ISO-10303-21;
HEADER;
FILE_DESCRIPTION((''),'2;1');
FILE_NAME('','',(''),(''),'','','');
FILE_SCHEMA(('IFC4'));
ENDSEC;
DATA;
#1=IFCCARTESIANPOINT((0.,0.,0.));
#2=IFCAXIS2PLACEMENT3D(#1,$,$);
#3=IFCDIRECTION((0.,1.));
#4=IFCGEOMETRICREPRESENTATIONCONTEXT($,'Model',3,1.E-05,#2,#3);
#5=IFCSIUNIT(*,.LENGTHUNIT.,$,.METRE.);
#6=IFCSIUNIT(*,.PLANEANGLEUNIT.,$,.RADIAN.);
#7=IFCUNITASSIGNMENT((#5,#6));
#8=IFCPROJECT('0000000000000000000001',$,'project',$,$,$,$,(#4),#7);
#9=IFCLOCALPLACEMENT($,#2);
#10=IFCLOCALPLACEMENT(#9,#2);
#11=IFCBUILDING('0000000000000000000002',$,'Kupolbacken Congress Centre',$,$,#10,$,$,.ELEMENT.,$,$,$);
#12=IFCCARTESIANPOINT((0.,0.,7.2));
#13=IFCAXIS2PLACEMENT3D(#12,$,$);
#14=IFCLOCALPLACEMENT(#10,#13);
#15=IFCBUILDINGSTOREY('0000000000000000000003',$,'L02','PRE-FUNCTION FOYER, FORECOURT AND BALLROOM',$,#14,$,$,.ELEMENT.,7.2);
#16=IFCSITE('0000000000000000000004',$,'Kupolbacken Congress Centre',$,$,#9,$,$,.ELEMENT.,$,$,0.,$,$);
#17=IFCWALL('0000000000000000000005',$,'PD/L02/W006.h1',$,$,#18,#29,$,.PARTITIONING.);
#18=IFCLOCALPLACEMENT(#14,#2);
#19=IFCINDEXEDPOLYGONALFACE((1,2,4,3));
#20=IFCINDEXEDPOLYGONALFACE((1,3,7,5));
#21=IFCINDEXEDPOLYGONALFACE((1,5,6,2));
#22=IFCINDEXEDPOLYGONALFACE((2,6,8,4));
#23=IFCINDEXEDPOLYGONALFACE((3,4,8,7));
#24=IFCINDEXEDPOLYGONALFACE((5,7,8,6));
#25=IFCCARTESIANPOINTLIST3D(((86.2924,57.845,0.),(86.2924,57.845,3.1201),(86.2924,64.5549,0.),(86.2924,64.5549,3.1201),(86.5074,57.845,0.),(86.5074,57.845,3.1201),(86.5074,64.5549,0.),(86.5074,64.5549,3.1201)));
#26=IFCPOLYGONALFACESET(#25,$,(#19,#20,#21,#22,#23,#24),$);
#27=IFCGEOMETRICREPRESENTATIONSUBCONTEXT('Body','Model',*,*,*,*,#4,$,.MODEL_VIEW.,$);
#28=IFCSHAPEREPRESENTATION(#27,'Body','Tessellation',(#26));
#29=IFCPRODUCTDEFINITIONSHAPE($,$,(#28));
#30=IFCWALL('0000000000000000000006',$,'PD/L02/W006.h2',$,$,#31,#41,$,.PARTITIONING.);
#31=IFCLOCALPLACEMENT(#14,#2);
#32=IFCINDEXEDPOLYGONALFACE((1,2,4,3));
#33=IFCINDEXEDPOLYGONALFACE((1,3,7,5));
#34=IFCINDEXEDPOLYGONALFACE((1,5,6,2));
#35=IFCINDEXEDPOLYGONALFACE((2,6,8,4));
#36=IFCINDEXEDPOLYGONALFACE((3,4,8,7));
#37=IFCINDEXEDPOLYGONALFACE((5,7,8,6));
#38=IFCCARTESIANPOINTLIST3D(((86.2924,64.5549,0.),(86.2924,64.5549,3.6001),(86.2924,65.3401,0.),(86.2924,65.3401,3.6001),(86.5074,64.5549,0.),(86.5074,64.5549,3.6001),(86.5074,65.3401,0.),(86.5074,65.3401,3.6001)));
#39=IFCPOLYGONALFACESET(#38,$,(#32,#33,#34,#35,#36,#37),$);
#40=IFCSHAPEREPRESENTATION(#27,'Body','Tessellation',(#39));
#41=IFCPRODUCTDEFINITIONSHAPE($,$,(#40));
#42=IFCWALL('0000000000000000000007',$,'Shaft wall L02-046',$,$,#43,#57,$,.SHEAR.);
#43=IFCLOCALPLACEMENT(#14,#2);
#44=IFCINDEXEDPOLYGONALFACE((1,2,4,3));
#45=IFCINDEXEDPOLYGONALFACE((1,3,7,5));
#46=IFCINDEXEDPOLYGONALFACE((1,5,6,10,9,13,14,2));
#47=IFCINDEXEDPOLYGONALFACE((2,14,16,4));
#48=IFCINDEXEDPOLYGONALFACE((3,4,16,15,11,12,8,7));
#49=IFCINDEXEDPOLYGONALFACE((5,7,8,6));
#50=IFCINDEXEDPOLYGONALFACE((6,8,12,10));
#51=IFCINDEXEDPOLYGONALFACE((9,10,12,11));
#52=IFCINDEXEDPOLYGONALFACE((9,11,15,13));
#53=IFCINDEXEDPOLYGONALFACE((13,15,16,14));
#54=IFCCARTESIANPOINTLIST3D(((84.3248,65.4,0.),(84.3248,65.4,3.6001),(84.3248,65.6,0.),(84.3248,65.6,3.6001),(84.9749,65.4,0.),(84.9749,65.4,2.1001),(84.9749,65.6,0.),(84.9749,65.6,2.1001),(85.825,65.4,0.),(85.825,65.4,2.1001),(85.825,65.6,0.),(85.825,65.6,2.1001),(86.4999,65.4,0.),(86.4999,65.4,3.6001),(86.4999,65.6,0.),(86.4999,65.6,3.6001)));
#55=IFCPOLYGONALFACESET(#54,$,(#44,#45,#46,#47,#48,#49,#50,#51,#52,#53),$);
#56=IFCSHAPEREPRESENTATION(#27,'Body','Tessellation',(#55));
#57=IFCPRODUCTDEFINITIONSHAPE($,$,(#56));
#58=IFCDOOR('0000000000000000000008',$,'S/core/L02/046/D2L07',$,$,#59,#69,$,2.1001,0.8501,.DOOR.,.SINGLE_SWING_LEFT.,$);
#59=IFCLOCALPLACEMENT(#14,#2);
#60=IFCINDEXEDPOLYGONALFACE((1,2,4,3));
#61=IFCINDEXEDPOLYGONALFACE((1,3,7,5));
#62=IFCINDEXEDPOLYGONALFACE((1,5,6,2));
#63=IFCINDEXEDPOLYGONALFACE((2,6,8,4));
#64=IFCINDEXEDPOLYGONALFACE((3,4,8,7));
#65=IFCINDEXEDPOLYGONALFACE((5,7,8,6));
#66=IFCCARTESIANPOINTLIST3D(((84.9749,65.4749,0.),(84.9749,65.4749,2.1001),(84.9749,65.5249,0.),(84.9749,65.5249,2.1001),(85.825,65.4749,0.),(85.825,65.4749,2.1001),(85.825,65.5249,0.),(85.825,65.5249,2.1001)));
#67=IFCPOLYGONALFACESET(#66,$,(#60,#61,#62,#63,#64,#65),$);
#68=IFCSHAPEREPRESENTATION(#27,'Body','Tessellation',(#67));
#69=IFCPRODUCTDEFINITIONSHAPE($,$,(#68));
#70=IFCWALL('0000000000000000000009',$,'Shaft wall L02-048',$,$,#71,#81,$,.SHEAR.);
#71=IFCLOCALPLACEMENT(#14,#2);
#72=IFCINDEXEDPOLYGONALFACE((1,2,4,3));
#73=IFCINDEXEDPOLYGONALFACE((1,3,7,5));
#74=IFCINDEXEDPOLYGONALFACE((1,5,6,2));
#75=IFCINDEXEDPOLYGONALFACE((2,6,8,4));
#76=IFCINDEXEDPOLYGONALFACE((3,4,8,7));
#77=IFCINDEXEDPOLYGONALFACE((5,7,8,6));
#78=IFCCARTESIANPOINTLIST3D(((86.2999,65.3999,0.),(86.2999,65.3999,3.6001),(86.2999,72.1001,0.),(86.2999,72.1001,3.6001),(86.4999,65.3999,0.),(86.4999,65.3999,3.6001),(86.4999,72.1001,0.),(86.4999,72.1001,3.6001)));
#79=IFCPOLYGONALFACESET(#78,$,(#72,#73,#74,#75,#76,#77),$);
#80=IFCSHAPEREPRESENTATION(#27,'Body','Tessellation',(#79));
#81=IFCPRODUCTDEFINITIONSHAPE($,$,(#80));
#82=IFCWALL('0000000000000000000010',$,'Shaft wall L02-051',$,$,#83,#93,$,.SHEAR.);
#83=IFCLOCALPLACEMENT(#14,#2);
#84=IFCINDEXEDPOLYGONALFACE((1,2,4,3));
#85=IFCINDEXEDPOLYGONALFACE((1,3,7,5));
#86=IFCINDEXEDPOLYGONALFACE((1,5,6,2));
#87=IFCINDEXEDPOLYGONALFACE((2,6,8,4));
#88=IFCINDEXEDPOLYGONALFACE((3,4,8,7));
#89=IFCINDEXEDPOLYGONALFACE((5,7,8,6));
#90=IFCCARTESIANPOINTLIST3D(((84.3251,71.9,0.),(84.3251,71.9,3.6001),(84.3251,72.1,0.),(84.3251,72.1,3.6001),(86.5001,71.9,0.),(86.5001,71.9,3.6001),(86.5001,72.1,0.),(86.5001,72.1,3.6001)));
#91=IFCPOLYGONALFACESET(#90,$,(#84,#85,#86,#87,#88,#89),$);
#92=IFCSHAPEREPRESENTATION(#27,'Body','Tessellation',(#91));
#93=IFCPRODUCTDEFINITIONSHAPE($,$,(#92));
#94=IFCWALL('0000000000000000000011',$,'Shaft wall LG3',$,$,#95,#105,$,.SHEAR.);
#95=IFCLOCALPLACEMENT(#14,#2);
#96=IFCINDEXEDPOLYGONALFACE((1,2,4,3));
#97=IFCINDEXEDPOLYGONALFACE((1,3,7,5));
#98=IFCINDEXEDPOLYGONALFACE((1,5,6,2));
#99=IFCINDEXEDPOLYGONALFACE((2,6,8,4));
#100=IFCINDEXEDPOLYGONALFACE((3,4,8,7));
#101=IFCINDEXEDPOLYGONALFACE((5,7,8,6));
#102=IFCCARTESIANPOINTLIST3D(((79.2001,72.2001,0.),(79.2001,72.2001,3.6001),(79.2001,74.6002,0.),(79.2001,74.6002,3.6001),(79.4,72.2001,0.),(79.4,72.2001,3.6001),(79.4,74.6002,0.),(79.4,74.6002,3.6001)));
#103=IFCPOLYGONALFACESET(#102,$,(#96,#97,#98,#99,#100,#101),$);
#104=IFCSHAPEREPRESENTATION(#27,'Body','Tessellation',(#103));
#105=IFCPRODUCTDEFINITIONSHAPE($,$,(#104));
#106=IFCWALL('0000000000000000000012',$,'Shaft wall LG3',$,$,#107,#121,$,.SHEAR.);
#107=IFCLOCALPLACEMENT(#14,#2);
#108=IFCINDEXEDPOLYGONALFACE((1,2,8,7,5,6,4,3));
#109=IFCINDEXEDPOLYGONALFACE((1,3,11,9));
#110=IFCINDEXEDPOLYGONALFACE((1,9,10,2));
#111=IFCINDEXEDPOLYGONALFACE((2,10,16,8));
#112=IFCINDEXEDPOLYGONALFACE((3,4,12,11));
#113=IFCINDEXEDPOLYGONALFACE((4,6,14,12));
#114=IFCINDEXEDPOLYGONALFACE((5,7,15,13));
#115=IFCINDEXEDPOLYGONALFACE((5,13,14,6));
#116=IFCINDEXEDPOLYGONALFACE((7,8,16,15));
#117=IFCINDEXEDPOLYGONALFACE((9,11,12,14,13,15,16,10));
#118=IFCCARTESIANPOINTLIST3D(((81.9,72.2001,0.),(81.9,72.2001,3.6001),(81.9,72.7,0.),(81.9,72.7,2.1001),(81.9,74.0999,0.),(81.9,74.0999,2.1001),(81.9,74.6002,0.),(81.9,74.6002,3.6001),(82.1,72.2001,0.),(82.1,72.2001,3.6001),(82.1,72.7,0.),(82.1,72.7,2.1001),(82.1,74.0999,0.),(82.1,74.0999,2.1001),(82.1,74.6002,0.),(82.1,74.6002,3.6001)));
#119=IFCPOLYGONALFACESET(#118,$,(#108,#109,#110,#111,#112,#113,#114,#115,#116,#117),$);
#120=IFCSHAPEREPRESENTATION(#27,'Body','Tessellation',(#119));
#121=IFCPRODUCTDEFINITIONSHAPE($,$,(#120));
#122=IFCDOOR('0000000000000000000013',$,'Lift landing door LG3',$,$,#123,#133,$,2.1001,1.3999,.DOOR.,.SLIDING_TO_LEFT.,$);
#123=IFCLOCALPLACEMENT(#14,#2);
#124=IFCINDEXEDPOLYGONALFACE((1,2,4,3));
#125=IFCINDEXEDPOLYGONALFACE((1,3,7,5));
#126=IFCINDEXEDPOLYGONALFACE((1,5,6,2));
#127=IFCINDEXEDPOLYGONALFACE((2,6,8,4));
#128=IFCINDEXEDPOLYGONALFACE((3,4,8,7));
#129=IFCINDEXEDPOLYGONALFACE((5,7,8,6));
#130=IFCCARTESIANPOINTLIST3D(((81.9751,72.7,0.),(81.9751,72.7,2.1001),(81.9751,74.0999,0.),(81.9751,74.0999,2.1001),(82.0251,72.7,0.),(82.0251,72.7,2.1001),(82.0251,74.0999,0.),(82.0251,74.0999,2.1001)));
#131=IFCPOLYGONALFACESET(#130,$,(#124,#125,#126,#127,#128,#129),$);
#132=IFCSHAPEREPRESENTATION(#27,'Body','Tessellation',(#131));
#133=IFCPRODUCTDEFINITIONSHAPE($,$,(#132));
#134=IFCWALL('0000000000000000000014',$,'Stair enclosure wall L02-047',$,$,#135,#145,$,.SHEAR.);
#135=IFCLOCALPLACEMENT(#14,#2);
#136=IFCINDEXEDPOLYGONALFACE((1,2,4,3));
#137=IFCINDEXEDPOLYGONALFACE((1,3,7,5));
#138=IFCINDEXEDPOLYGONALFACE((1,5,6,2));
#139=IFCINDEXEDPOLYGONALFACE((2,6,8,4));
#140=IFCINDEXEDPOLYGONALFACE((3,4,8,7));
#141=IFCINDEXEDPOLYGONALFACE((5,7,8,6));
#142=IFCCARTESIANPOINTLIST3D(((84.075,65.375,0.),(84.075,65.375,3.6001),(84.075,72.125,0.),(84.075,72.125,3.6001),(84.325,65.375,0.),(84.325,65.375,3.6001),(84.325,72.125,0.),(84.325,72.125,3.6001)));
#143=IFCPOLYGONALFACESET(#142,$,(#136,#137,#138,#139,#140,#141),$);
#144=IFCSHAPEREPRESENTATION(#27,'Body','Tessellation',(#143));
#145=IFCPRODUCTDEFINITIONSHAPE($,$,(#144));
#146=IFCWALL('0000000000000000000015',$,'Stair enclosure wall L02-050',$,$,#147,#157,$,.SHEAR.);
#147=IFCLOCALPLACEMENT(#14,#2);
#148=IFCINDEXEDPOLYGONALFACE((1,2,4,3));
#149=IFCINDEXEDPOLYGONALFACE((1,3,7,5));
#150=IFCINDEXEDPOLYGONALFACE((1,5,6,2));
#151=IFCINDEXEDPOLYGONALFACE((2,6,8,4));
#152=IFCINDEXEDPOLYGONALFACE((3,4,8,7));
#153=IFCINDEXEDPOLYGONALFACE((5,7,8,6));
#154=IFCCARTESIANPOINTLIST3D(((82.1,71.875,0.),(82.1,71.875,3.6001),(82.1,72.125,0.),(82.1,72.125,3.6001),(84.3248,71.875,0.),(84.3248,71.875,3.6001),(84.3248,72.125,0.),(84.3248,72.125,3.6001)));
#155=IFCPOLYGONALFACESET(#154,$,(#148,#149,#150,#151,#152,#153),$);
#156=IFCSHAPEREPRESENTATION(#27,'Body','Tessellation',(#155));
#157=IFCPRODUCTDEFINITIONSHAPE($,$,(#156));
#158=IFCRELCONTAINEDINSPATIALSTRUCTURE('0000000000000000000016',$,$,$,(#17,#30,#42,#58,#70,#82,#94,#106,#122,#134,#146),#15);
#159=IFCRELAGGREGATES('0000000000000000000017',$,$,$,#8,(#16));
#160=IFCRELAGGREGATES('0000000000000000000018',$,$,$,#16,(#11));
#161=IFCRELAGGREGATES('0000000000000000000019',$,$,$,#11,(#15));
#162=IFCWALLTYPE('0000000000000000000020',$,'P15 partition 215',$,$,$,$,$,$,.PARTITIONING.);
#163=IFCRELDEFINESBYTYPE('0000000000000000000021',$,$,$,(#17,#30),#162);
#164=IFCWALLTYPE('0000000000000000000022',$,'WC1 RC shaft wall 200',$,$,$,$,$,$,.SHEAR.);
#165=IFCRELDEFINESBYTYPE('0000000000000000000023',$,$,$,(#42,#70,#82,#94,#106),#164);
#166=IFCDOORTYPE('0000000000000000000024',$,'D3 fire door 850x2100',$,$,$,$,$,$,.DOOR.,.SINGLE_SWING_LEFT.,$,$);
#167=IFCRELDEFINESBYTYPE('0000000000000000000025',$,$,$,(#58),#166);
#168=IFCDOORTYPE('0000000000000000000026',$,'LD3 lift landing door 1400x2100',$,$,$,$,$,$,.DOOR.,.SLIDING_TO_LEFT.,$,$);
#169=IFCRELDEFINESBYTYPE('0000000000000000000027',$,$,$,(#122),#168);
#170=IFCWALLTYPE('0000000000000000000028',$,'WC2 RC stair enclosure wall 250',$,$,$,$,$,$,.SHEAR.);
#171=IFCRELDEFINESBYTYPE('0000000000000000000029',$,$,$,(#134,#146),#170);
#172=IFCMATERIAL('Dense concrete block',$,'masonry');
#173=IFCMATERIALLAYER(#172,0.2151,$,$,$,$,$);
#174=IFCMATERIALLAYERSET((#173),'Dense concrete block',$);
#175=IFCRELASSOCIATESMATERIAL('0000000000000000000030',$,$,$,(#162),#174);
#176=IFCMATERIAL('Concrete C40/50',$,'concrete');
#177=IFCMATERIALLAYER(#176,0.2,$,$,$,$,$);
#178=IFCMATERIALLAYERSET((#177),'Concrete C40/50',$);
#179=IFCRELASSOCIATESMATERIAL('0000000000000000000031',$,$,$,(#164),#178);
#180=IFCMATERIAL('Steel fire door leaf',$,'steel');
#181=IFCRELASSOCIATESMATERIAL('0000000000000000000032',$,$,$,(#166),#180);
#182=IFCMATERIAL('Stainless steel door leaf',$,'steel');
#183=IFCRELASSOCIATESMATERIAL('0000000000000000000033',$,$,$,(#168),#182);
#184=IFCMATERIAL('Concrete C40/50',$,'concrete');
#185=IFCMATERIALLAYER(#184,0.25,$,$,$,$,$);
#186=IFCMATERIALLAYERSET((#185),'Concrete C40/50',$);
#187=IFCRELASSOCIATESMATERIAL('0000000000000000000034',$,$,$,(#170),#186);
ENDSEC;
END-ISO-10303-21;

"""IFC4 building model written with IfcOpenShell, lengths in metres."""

from ifc_helpers import new_model, si_unit, direction, frame, frame_2d, origin, place, context, subcontext, project, spatial, rectangle, extrude, material, layer, layer_set, type_object, element, fill, save


model = new_model("IFC4")

# Units and contexts
model_context = context("Model", 3, precision=1e-05, world=origin(), true_north=direction((0.0, 1.0)))
body_context = subcontext(model_context, "Body", "Model", "MODEL_VIEW")
ifc_project = project(units=[si_unit("LENGTHUNIT", "METRE"), si_unit("PLANEANGLEUNIT", "RADIAN")], contexts=[model_context])

# Site, building, storey
site_placement = place(None, origin())
site = spatial("IfcSite", under=ifc_project, at=site_placement, Name="Kupolbacken Congress Centre", CompositionType="ELEMENT", RefElevation=0.0)
building_placement = place(site_placement, origin())
building = spatial("IfcBuilding", under=site, at=building_placement, Name="Kupolbacken Congress Centre", CompositionType="ELEMENT")
storey_placement = place(building_placement, frame((0.0, 0.0, 7.2)))
storey = spatial("IfcBuildingStorey", under=building, at=storey_placement, Name="L02", Description="PRE-FUNCTION FOYER, FORECOURT AND BALLROOM", CompositionType="ELEMENT", Elevation=7.2)

# Walls
ifc_material_1 = material(Name="Dense concrete block", Category="masonry")
ifc_layer_1 = layer(ifc_material_1, 0.2151)
ifc_layer_set_1 = layer_set([ifc_layer_1], Name="Dense concrete block")
wall_type_1 = type_object("IfcWallType", Name="P15 partition 215", PredefinedType="PARTITIONING", material=ifc_layer_set_1)
wall_1_placement = place(storey_placement, frame((86.3999, 57.845, 0.0), z_axis=(0.0, 0.0, 1.0), x_axis=(0.0, 1.0, 0.0)))
element("IfcWall", 1, at=wall_1_placement, inside=storey, type_object=wall_type_1, Name="PD/L02/W006.h1", PredefinedType="PARTITIONING", context=body_context, shape_type="SweptSolid", body=[
    extrude(rectangle(XDim=6.71, YDim=0.2151, at=frame_2d((3.355, 0.0))), origin(), (0.0, 0.0, 1.0), 3.1201),
])
wall_2_placement = place(storey_placement, frame((86.3999, 64.5549, 0.0), z_axis=(0.0, 0.0, 1.0), x_axis=(0.0, 1.0, 0.0)))
element("IfcWall", 2, at=wall_2_placement, inside=storey, type_object=wall_type_1, Name="PD/L02/W006.h2", PredefinedType="PARTITIONING", context=body_context, shape_type="SweptSolid", body=[
    extrude(rectangle(XDim=0.7852, YDim=0.2151, at=frame_2d((0.3926, 0.0))), origin(), (0.0, 0.0, 1.0), 3.6001),
])

# Wall, opening, door
ifc_material_2 = material(Name="Concrete C40/50", Category="concrete")
ifc_layer_2 = layer(ifc_material_2, 0.2)
ifc_layer_set_2 = layer_set([ifc_layer_2], Name="Concrete C40/50")
wall_type_2 = type_object("IfcWallType", Name="WC1 RC shaft wall 200", PredefinedType="SHEAR", material=ifc_layer_set_2)
wall_3_placement = place(storey_placement, frame((84.325, 65.5, 0.0), z_axis=(0.0, 0.0, 1.0), x_axis=(1.0, 0.0, 0.0)))
wall_3 = element("IfcWall", 3, at=wall_3_placement, inside=storey, type_object=wall_type_2, Name="Shaft wall L02-046", PredefinedType="SHEAR", context=body_context, shape_type="SweptSolid", body=[
    extrude(rectangle(XDim=2.175, YDim=0.2, at=frame_2d((1.0874, 0.0))), origin(), (0.0, 0.0, 1.0), 3.6001),
])
opening_1_placement = place(wall_3_placement, frame((0.6499, 0.0, 0.0)))
opening_1 = element("IfcOpeningElement", 4, at=opening_1_placement, cuts=wall_3, PredefinedType="OPENING", context=body_context, shape_type="SweptSolid", body=[
    extrude(rectangle(XDim=0.8501, YDim=2.1001, at=frame_2d((0.425, 1.05))), frame((0.0, 0.1099, 0.0), z_axis=(0.0, -1.0, 0.0), x_axis=(1.0, 0.0, 0.0)), (0.0, 0.0, 1.0), 0.22),
])
ifc_material_3 = material(Name="Steel fire door leaf", Category="steel")
door_type_1 = type_object("IfcDoorType", Name="D3 fire door 850x2100", OperationType="SINGLE_SWING_LEFT", PredefinedType="DOOR", material=ifc_material_3)
door_1_placement = place(opening_1_placement, origin())
door_1 = element("IfcDoor", 5, at=door_1_placement, inside=storey, type_object=door_type_1, Name="S/core/L02/046/D2L07", OperationType="SINGLE_SWING_LEFT", OverallHeight=2.1001, OverallWidth=0.8501, PredefinedType="DOOR", context=body_context, shape_type="SweptSolid", body=[
    extrude(rectangle(XDim=0.8501, YDim=2.1001, at=frame_2d((0.425, 1.05))), frame((0.0, 0.0249, 0.0), z_axis=(0.0, -1.0, 0.0), x_axis=(1.0, 0.0, 0.0)), (0.0, 0.0, 1.0), 0.05),
])
fill(opening_1, door_1)

# Walls
wall_4_placement = place(storey_placement, frame((86.3999, 65.3999, 0.0), z_axis=(0.0, 0.0, 1.0), x_axis=(0.0, 1.0, 0.0)))
element("IfcWall", 6, at=wall_4_placement, inside=storey, type_object=wall_type_2, Name="Shaft wall L02-048", PredefinedType="SHEAR", context=body_context, shape_type="SweptSolid", body=[
    extrude(rectangle(XDim=6.7002, YDim=0.2, at=frame_2d((3.3501, 0.0))), origin(), (0.0, 0.0, 1.0), 3.6001),
])
wall_5_placement = place(storey_placement, frame((86.5, 72.0, 0.0), z_axis=(0.0, 0.0, 1.0), x_axis=(-1.0, 0.0, 0.0)))
element("IfcWall", 7, at=wall_5_placement, inside=storey, type_object=wall_type_2, Name="Shaft wall L02-051", PredefinedType="SHEAR", context=body_context, shape_type="SweptSolid", body=[
    extrude(rectangle(XDim=2.175, YDim=0.2, at=frame_2d((1.0874, 0.0))), origin(), (0.0, 0.0, 1.0), 3.6001),
])
wall_6_placement = place(storey_placement, frame((79.3, 72.2, 0.0), z_axis=(0.0, 0.0, 1.0), x_axis=(0.0, 1.0, 0.0)))
element("IfcWall", 8, at=wall_6_placement, inside=storey, type_object=wall_type_2, Name="Shaft wall LG3", PredefinedType="SHEAR", context=body_context, shape_type="SweptSolid", body=[
    extrude(rectangle(XDim=2.4001, YDim=0.2, at=frame_2d((1.2002, 0.0))), origin(), (0.0, 0.0, 1.0), 3.6001),
])

# Wall, opening, door
wall_7_placement = place(storey_placement, frame((82.0, 72.2, 0.0), z_axis=(0.0, 0.0, 1.0), x_axis=(0.0, 1.0, 0.0)))
wall_7 = element("IfcWall", 9, at=wall_7_placement, inside=storey, type_object=wall_type_2, Name="Shaft wall LG3", PredefinedType="SHEAR", context=body_context, shape_type="SweptSolid", body=[
    extrude(rectangle(XDim=2.4001, YDim=0.2, at=frame_2d((1.2002, 0.0))), origin(), (0.0, 0.0, 1.0), 3.6001),
])
opening_2_placement = place(wall_7_placement, frame((0.5, 0.0, 0.0)))
opening_2 = element("IfcOpeningElement", 10, at=opening_2_placement, cuts=wall_7, PredefinedType="OPENING", context=body_context, shape_type="SweptSolid", body=[
    extrude(rectangle(XDim=1.3999, YDim=2.1001, at=frame_2d((0.7, 1.05))), frame((0.0, 0.1099, 0.0), z_axis=(0.0, -1.0, 0.0), x_axis=(1.0, 0.0, 0.0)), (0.0, 0.0, 1.0), 0.22),
])
ifc_material_4 = material(Name="Stainless steel door leaf", Category="steel")
door_type_2 = type_object("IfcDoorType", Name="LD3 lift landing door 1400x2100", OperationType="SLIDING_TO_LEFT", PredefinedType="DOOR", material=ifc_material_4)
door_2_placement = place(opening_2_placement, origin())
door_2 = element("IfcDoor", 11, at=door_2_placement, inside=storey, type_object=door_type_2, Name="Lift landing door LG3", OperationType="SLIDING_TO_LEFT", OverallHeight=2.1001, OverallWidth=1.3999, PredefinedType="DOOR", context=body_context, shape_type="SweptSolid", body=[
    extrude(rectangle(XDim=1.3999, YDim=2.1001, at=frame_2d((0.7, 1.05))), frame((0.0, 0.0249, 0.0), z_axis=(0.0, -1.0, 0.0), x_axis=(1.0, 0.0, 0.0)), (0.0, 0.0, 1.0), 0.05),
])
fill(opening_2, door_2)

# Walls
ifc_material_5 = material(Name="Concrete C40/50", Category="concrete")
ifc_layer_3 = layer(ifc_material_5, 0.25)
ifc_layer_set_3 = layer_set([ifc_layer_3], Name="Concrete C40/50")
wall_type_3 = type_object("IfcWallType", Name="WC2 RC stair enclosure wall 250", PredefinedType="SHEAR", material=ifc_layer_set_3)
wall_8_placement = place(storey_placement, frame((84.2, 65.375, 0.0), z_axis=(0.0, 0.0, 1.0), x_axis=(0.0, 1.0, 0.0)))
element("IfcWall", 12, at=wall_8_placement, inside=storey, type_object=wall_type_3, Name="Stair enclosure wall L02-047", PredefinedType="SHEAR", context=body_context, shape_type="SweptSolid", body=[
    extrude(rectangle(XDim=6.75, YDim=0.25, at=frame_2d((3.375, 0.0))), origin(), (0.0, 0.0, 1.0), 3.6001),
])
wall_9_placement = place(storey_placement, frame((82.1001, 72.0, 0.0), z_axis=(0.0, 0.0, 1.0), x_axis=(1.0, 0.0, 0.0)))
element("IfcWall", 13, at=wall_9_placement, inside=storey, type_object=wall_type_3, Name="Stair enclosure wall L02-050", PredefinedType="SHEAR", context=body_context, shape_type="SweptSolid", body=[
    extrude(rectangle(XDim=2.2249, YDim=0.25, at=frame_2d((1.1123, 0.0))), origin(), (0.0, 0.0, 1.0), 3.6001),
])

save(model, "model.ifc")
